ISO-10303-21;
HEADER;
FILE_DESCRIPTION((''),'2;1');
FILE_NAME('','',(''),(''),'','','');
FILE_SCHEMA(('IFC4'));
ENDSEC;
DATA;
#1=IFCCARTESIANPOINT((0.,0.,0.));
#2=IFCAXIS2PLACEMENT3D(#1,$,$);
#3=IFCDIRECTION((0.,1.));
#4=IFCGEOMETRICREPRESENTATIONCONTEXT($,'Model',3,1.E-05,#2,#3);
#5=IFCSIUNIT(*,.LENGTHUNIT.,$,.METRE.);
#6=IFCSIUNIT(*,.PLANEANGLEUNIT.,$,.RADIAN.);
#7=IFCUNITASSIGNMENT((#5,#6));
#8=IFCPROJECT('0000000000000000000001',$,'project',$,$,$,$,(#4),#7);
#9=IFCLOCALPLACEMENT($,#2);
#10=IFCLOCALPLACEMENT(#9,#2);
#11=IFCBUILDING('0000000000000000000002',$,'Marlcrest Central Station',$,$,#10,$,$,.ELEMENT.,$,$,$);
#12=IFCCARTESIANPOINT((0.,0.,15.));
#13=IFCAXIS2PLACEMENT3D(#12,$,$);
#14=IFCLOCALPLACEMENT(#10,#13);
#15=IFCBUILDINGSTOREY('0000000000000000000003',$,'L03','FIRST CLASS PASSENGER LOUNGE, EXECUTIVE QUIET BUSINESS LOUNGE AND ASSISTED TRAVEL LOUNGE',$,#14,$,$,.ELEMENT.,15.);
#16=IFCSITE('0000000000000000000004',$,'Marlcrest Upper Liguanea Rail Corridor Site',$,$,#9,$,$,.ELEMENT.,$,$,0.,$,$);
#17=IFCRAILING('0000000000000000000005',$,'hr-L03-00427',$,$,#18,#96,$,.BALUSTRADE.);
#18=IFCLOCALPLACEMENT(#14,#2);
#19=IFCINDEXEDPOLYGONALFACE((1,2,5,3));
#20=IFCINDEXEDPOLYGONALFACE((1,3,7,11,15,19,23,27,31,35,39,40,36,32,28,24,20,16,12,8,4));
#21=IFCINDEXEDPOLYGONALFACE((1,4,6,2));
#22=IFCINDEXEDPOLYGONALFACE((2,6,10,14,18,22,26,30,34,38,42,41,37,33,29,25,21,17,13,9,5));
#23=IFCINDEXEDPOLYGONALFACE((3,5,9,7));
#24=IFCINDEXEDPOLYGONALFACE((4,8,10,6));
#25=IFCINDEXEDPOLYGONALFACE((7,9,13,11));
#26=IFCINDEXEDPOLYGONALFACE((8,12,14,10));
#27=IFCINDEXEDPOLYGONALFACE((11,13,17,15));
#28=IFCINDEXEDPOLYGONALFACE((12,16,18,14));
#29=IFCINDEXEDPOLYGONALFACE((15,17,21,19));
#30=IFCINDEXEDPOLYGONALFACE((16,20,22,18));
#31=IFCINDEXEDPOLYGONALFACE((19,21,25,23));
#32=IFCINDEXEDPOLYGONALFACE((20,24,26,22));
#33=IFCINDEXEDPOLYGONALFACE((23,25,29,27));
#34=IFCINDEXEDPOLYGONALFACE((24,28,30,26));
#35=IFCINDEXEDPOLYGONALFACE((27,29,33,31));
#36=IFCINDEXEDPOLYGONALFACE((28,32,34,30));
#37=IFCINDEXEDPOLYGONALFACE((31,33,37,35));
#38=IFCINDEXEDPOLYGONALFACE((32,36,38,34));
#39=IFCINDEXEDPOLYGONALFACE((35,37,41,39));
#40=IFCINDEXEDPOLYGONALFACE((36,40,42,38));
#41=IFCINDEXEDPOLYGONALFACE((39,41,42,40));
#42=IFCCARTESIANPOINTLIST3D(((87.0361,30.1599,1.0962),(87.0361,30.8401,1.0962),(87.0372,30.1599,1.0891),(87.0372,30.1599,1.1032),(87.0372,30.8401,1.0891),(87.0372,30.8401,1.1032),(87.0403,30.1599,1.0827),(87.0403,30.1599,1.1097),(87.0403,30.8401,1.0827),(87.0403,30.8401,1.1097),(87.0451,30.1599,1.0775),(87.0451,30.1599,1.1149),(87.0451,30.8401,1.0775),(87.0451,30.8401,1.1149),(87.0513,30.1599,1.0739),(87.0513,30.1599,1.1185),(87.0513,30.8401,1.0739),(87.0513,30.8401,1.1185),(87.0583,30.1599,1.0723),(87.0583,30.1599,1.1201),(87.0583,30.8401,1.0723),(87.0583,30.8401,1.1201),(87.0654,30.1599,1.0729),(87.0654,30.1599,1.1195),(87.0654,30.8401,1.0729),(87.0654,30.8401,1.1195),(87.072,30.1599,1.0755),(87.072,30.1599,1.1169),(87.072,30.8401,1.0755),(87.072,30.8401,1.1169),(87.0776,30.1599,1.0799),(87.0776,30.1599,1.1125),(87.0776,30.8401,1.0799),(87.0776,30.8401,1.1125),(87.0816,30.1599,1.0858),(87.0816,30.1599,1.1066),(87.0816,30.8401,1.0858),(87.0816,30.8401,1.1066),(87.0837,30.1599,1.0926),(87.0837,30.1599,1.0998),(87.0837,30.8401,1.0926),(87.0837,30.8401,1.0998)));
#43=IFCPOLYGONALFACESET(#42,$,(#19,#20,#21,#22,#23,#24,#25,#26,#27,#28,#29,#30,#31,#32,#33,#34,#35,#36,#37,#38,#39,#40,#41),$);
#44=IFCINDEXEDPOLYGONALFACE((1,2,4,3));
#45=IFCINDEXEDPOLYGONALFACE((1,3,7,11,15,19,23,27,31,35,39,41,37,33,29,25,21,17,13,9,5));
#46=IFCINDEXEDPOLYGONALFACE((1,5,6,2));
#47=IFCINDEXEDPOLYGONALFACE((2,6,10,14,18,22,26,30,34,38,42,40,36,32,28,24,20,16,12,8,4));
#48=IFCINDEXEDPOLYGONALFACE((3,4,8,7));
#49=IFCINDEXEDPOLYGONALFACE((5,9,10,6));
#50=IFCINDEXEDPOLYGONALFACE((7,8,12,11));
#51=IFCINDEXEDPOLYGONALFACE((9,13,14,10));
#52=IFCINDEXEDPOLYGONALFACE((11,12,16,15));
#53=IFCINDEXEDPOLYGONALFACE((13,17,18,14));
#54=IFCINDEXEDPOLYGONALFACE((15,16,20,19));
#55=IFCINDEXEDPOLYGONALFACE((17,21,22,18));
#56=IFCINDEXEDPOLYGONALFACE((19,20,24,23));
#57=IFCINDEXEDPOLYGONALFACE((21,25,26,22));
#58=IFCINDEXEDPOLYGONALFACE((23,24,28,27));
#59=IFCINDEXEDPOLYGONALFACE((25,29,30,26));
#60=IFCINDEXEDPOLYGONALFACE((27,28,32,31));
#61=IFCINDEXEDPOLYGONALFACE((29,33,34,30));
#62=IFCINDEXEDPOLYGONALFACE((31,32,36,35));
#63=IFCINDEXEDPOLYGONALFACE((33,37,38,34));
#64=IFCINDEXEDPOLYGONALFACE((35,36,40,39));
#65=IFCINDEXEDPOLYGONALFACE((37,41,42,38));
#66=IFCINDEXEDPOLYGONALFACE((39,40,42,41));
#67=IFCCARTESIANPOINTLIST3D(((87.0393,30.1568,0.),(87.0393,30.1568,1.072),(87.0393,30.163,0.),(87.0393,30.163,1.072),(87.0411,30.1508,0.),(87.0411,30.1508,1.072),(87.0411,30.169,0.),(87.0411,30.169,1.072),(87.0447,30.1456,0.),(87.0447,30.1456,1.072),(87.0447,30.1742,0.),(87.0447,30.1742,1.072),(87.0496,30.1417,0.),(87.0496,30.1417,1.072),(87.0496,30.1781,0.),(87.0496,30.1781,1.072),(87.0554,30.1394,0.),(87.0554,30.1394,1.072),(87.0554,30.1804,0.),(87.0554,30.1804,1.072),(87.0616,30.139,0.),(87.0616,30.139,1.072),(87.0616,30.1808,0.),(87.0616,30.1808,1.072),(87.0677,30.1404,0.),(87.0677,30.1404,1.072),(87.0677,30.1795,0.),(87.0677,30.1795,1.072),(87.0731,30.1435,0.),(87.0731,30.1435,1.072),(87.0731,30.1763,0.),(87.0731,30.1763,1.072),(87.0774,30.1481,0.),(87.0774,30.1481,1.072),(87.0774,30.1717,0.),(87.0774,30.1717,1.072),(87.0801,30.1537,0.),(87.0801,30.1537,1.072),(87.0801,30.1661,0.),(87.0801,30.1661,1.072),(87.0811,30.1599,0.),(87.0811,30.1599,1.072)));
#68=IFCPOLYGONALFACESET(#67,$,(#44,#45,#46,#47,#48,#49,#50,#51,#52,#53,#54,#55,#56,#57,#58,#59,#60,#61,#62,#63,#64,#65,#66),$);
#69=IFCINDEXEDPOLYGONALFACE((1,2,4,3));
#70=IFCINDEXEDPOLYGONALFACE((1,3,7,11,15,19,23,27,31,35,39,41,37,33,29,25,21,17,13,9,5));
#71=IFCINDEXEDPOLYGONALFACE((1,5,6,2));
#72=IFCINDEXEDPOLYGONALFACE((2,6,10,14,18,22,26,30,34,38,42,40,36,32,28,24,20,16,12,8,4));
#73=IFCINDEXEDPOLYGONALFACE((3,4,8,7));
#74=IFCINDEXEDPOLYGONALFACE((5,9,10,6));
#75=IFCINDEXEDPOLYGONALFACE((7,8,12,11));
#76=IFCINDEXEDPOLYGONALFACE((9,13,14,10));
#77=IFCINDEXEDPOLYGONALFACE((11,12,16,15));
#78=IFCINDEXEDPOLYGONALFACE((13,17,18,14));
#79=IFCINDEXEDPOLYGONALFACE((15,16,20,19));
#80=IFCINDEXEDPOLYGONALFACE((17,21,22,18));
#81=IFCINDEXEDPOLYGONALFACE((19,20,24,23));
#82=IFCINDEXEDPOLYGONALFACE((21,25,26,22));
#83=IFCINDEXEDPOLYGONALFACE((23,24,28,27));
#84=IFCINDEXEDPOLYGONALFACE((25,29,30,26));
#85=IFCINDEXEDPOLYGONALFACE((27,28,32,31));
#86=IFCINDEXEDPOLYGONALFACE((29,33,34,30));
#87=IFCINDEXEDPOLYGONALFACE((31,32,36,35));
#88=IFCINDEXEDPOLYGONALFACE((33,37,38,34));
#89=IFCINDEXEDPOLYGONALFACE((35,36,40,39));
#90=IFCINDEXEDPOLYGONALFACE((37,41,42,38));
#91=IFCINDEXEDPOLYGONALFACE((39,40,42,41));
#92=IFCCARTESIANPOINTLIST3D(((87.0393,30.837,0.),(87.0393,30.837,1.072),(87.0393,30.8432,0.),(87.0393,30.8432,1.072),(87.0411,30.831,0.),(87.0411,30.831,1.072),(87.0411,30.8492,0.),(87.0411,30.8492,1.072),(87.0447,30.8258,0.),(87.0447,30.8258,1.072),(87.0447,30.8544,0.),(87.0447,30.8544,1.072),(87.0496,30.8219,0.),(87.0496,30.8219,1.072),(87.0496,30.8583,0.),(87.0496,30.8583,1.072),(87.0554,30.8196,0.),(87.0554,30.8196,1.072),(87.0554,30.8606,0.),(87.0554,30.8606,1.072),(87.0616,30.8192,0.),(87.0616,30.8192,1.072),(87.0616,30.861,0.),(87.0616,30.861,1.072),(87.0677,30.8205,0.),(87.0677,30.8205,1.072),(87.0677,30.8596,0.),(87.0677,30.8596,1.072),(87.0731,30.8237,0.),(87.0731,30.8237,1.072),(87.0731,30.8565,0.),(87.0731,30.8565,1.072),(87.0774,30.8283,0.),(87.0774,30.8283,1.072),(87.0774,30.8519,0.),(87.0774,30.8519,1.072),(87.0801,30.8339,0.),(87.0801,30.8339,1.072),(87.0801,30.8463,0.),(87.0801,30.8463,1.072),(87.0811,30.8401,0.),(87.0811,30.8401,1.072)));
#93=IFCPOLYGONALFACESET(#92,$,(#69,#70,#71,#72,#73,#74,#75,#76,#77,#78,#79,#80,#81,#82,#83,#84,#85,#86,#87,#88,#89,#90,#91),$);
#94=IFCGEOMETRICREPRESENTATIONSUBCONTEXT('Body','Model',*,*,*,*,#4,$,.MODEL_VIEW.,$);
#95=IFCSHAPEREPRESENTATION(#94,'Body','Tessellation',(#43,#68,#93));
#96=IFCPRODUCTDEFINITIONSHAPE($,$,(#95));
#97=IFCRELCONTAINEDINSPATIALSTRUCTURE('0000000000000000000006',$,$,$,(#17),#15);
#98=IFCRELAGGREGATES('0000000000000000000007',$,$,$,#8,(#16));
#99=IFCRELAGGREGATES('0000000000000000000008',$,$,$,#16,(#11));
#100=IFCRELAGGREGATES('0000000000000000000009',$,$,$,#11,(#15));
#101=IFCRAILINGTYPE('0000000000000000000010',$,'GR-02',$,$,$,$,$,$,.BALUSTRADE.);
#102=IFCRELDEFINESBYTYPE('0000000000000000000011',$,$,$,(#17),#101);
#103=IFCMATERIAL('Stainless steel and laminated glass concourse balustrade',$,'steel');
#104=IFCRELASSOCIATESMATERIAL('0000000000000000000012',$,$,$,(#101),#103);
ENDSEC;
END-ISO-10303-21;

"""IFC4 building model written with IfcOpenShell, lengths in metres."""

from ifc_helpers import new_model, si_unit, direction, frame, origin, origin_2d, place, context, subcontext, project, spatial, circle, extrude, material, type_object, element, save


model = new_model("IFC4")

# Units and contexts
model_context = context("Model", 3, precision=1e-05, world=origin(), true_north=direction((0.0, 1.0)))
body_context = subcontext(model_context, "Body", "Model", "MODEL_VIEW")
ifc_project = project(units=[si_unit("LENGTHUNIT", "METRE"), si_unit("PLANEANGLEUNIT", "RADIAN")], contexts=[model_context])

# Site, building, storey
site_placement = place(None, origin())
site = spatial("IfcSite", under=ifc_project, at=site_placement, Name="Marlcrest Upper Liguanea Rail Corridor Site", CompositionType="ELEMENT", RefElevation=0.0)
building_placement = place(site_placement, origin())
building = spatial("IfcBuilding", under=site, at=building_placement, Name="Marlcrest Central Station", CompositionType="ELEMENT")
storey_placement = place(building_placement, frame((0.0, 0.0, 15.0)))
storey = spatial("IfcBuildingStorey", under=building, at=storey_placement, Name="L03", Description="FIRST CLASS PASSENGER LOUNGE, EXECUTIVE QUIET BUSINESS LOUNGE AND ASSISTED TRAVEL LOUNGE", CompositionType="ELEMENT", Elevation=15.0)

# Railing
ifc_material_1 = material(Name="Stainless steel and laminated glass concourse balustrade", Category="steel")
railing_type = type_object("IfcRailingType", Name="GR-02", PredefinedType="BALUSTRADE", material=ifc_material_1)
railing_1_placement = place(storey_placement, frame((87.0601, 30.1599, 0.0)))
element("IfcRailing", 1, at=railing_1_placement, inside=storey, type_object=railing_type, Name="hr-L03-00427", PredefinedType="BALUSTRADE", context=body_context, shape_type="SweptSolid", body=[
    extrude(circle(Radius=0.0239, at=origin_2d()), frame((0.0, 0.0, 1.0962), z_axis=(0.0, 1.0, 0.0), x_axis=(-1.0, 0.0, 0.0)), (0.0, 0.0, 1.0), 0.6802),
    extrude(circle(Radius=0.021, at=origin_2d()), origin(), (0.0, 0.0, 1.0), 1.072),
    extrude(circle(Radius=0.021, at=origin_2d()), frame((0.0, 0.6802, 0.0)), (0.0, 0.0, 1.0), 1.072),
])

save(model, "model.ifc")
